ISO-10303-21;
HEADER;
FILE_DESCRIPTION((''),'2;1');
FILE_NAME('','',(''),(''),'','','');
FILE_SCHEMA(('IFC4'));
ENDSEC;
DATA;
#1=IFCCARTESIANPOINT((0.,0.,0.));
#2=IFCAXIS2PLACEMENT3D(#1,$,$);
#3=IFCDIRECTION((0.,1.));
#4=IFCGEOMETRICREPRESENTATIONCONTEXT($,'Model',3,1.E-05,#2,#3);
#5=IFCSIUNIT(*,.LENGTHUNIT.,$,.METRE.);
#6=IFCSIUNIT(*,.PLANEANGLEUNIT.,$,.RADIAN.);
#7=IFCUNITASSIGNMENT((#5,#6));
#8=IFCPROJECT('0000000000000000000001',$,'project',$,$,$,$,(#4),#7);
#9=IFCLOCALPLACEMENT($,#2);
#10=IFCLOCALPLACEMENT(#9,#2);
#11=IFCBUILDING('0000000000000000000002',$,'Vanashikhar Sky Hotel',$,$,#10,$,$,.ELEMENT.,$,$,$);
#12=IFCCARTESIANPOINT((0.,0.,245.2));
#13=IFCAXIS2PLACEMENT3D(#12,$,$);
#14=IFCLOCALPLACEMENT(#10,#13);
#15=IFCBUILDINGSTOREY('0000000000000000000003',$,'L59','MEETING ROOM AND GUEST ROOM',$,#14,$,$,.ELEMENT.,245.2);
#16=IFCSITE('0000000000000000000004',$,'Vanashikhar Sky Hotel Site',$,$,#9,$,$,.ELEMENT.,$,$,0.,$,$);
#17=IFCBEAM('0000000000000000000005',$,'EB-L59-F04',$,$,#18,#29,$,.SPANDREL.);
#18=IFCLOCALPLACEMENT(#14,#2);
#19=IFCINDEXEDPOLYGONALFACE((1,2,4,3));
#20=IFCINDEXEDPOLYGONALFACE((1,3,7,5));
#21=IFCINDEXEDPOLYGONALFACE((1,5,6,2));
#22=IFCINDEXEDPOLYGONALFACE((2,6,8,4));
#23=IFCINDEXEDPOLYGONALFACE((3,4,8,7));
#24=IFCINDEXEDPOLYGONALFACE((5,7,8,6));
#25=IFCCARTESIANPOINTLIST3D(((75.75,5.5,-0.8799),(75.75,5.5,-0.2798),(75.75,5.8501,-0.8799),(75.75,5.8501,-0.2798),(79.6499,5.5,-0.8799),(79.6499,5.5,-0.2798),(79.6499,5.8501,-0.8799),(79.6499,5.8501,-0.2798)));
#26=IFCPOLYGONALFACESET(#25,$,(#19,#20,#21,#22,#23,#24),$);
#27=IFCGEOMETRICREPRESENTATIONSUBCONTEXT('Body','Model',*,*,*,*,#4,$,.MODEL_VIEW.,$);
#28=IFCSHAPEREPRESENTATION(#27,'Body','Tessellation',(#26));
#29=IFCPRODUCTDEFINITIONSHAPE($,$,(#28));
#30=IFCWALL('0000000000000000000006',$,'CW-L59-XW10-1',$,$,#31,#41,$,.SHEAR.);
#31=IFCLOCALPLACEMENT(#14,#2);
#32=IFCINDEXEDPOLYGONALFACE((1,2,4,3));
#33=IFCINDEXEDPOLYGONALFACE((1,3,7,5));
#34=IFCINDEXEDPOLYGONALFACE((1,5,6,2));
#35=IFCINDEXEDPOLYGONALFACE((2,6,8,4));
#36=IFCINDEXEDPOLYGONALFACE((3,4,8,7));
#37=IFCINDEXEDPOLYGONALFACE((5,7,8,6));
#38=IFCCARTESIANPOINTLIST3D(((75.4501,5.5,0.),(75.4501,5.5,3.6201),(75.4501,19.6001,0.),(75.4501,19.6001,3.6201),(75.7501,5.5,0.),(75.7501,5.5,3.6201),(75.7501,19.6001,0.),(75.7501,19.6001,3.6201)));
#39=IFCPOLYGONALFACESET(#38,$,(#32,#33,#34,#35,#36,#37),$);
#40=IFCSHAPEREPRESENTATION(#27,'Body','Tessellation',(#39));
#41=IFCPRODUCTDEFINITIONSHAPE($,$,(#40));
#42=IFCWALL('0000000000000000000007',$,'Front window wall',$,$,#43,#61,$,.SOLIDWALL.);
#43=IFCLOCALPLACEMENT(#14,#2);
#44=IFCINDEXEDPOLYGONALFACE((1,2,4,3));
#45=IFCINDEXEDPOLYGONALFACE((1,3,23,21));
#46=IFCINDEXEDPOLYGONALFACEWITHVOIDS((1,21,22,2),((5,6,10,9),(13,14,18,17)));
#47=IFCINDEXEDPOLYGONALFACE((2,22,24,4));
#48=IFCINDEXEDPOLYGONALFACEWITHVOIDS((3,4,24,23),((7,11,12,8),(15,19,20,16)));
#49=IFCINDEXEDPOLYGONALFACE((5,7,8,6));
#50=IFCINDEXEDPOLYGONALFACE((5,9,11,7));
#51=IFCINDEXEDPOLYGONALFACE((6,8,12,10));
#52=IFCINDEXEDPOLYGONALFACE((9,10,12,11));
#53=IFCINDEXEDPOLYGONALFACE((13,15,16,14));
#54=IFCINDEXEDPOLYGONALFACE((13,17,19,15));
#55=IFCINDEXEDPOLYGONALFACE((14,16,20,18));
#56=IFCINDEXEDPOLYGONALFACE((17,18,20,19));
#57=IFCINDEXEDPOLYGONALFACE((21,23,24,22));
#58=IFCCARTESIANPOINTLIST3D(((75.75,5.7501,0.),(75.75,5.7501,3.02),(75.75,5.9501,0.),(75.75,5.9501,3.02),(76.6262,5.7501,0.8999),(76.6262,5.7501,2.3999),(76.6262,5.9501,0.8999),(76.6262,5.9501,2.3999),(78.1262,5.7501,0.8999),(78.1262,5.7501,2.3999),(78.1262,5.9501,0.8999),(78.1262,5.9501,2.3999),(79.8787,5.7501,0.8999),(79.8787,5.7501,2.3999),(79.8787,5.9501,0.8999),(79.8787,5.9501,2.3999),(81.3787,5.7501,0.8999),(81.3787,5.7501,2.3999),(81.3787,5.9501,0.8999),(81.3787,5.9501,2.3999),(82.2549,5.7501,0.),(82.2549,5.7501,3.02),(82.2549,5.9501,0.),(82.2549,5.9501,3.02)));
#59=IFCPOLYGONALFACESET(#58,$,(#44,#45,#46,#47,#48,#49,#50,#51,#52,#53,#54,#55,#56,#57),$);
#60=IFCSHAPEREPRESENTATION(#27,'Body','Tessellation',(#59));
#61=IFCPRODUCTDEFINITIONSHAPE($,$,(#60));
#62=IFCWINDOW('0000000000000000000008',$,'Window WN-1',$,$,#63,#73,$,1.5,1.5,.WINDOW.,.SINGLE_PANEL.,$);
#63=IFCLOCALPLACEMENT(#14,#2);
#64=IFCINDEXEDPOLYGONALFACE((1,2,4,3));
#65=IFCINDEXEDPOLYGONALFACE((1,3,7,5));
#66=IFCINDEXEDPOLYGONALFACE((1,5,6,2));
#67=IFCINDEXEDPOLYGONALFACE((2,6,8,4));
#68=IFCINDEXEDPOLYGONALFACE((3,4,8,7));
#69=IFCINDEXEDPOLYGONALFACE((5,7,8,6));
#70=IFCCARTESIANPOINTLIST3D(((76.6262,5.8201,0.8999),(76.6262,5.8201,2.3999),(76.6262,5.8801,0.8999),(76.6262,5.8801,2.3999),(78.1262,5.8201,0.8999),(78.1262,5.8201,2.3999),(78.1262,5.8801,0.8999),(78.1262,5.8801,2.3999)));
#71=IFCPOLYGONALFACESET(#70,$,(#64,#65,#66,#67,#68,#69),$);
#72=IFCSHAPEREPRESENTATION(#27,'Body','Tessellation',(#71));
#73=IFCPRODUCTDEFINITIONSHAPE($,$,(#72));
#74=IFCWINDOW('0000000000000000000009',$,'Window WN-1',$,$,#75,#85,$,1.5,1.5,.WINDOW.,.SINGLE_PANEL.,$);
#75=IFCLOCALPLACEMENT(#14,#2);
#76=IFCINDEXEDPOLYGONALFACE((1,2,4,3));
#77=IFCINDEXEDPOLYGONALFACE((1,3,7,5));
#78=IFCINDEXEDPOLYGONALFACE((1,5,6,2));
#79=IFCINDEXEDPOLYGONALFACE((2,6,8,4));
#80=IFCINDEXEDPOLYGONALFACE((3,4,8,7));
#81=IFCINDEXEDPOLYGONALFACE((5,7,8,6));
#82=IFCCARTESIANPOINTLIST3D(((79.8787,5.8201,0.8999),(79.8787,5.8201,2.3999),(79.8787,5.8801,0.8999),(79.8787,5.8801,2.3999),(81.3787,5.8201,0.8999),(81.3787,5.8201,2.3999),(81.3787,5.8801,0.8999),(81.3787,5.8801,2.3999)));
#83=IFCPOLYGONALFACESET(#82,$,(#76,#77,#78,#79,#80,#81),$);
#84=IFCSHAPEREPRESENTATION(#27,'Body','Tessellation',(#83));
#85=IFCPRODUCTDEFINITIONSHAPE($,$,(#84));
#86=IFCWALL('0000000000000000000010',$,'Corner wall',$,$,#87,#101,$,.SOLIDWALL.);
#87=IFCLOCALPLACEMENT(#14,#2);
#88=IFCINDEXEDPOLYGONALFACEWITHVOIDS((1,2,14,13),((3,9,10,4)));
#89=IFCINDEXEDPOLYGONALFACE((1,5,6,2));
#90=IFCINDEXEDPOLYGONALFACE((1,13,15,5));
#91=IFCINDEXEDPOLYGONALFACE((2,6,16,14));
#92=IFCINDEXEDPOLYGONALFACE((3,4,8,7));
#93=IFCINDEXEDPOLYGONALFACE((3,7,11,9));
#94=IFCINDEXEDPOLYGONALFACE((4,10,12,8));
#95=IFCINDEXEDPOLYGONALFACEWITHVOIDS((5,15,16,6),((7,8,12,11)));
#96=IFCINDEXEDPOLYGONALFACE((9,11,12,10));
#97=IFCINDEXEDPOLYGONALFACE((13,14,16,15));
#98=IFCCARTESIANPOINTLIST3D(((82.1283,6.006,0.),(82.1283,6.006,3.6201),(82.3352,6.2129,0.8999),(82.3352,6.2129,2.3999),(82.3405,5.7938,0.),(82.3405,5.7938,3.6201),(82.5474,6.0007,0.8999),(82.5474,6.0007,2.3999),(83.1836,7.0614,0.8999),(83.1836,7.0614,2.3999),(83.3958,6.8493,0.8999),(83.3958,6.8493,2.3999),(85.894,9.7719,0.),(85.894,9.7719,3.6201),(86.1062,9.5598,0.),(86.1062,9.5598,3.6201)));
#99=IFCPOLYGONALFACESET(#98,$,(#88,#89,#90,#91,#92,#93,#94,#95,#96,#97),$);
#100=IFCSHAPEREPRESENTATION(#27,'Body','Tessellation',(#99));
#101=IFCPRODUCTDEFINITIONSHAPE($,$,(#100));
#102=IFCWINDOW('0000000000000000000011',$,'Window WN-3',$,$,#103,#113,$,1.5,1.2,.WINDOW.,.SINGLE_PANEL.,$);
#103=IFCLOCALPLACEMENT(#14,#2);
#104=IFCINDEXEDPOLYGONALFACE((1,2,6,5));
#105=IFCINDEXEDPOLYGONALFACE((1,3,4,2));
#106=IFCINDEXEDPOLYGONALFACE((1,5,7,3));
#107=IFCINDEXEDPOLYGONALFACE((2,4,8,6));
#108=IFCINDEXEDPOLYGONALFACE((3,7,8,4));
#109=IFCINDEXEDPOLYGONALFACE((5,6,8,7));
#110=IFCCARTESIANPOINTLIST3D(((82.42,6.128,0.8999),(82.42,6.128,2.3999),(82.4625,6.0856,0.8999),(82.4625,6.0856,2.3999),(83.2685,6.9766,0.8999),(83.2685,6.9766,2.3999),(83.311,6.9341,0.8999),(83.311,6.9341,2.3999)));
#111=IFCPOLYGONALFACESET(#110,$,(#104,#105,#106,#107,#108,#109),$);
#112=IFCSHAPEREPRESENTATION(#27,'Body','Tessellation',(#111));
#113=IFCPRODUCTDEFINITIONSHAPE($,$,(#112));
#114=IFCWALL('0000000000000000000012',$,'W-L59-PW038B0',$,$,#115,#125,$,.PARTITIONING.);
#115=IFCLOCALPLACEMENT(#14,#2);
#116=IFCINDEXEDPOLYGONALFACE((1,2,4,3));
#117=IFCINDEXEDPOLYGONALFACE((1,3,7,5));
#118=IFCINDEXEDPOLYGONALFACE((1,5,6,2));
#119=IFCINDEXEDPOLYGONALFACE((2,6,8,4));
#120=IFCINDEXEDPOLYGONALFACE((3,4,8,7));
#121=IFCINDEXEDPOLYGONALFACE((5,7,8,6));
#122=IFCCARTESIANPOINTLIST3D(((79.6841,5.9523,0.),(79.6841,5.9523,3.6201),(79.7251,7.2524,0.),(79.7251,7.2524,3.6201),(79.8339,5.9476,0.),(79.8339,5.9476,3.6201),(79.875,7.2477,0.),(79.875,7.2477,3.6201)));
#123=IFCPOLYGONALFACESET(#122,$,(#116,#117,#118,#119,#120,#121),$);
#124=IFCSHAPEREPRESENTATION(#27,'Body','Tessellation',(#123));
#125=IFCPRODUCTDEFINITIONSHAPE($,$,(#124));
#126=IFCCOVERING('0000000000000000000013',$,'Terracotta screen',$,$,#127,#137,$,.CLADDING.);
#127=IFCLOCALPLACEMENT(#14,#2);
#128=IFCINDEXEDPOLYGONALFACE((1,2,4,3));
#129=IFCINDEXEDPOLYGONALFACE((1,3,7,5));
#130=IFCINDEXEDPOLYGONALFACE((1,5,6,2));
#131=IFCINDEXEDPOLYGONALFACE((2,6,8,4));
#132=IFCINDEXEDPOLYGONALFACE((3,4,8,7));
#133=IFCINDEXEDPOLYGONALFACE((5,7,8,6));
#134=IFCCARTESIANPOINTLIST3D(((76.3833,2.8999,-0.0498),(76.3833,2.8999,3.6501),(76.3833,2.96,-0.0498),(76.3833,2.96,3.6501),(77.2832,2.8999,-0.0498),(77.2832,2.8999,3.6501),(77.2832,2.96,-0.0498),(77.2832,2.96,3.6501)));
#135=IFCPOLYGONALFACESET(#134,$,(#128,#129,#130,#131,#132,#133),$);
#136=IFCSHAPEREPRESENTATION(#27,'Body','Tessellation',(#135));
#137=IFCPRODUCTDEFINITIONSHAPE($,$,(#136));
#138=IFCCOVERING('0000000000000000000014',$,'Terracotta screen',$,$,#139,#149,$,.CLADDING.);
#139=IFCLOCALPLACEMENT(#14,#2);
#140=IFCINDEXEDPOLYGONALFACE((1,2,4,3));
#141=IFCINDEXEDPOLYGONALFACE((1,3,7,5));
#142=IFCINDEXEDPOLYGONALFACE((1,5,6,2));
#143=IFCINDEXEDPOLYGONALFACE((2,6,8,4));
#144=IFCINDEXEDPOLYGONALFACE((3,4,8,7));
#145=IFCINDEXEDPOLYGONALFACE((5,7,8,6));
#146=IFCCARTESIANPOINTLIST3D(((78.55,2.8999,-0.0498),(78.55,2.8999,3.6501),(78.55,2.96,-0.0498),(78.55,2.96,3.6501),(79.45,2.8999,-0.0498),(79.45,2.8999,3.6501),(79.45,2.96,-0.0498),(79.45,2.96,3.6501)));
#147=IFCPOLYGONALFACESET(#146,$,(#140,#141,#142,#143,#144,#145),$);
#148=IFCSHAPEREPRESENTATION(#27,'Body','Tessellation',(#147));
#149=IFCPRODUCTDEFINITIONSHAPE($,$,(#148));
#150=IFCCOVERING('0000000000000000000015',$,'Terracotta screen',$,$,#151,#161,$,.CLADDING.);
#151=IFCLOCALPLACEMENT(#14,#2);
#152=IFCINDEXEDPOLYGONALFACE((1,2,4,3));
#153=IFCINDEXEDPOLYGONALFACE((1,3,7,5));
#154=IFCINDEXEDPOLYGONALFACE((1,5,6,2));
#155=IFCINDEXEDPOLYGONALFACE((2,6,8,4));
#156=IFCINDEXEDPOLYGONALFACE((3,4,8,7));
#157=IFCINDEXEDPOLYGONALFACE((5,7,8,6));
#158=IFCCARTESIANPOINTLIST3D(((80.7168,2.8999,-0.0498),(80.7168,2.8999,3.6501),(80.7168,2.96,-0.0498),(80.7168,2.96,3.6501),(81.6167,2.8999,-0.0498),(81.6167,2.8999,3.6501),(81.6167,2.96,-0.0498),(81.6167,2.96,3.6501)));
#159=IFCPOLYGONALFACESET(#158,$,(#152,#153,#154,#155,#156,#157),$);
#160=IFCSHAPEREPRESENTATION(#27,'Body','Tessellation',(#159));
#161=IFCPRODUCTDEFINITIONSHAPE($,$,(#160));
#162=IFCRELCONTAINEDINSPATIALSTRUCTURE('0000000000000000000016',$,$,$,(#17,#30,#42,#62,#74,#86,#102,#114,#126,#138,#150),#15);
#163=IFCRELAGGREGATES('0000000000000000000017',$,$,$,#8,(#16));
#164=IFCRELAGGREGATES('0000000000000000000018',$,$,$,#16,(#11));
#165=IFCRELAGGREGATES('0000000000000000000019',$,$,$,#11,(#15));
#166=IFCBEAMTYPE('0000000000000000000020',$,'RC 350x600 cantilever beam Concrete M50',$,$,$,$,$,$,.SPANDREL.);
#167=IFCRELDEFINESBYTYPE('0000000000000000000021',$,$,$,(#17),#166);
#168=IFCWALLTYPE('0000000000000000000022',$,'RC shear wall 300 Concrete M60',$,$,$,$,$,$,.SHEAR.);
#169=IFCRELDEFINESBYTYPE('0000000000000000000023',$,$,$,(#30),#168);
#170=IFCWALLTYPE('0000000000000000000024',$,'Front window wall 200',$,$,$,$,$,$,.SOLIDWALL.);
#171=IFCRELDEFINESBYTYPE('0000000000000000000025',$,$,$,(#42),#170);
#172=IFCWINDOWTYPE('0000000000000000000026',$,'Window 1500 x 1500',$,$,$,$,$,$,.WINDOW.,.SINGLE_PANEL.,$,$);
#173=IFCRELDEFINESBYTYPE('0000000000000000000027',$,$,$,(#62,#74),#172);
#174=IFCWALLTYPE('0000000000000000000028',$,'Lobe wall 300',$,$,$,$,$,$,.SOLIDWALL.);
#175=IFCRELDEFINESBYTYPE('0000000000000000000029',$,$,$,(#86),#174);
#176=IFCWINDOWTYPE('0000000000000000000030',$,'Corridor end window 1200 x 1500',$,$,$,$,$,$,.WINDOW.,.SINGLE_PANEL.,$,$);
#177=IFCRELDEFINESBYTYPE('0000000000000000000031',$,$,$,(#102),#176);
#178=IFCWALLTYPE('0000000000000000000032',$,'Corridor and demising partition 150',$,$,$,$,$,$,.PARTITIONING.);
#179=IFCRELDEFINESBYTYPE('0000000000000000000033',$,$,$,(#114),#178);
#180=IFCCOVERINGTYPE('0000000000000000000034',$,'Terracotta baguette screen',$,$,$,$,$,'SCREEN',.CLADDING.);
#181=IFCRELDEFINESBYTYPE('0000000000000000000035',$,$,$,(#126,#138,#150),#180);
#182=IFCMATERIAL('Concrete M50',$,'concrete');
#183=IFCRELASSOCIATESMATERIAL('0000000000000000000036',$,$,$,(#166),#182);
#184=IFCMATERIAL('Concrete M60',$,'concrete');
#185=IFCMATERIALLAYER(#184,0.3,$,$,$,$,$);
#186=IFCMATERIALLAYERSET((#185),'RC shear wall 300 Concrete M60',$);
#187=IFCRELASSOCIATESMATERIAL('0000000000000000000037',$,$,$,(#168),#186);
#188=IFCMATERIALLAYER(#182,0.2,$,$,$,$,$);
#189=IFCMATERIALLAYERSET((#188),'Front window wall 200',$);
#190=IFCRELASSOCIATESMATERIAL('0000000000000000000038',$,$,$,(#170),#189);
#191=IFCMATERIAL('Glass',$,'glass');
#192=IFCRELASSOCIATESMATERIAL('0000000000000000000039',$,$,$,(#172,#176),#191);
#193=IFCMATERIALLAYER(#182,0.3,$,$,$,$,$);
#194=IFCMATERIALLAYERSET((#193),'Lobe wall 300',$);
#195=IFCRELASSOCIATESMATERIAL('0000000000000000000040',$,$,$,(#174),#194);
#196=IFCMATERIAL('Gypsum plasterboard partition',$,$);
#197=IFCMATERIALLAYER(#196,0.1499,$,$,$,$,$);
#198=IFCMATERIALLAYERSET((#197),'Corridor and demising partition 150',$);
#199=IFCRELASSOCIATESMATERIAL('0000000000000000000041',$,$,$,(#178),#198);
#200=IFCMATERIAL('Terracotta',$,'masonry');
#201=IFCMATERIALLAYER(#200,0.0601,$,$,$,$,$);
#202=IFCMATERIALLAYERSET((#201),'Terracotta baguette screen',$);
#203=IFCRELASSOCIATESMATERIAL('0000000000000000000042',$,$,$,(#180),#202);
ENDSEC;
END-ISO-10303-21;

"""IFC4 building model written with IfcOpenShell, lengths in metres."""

from ifc_helpers import new_model, si_unit, direction, frame, frame_2d, origin, origin_2d, place, context, subcontext, project, spatial, rectangle, extrude, source, transform, mapped, material, layer, layer_set, material_profile, profile_set, type_object, element, fill, save


model = new_model("IFC4")

# Units and contexts
model_context = context("Model", 3, precision=1e-05, world=origin(), true_north=direction((0.0, 1.0)))
body_context = subcontext(model_context, "Body", "Model", "MODEL_VIEW")
ifc_project = project(units=[si_unit("LENGTHUNIT", "METRE"), si_unit("PLANEANGLEUNIT", "RADIAN")], contexts=[model_context])

# Site, building, storey
site_placement = place(None, origin())
site = spatial("IfcSite", under=ifc_project, at=site_placement, Name="Vanashikhar Sky Hotel Site", CompositionType="ELEMENT", RefElevation=0.0)
building_placement = place(site_placement, origin())
building = spatial("IfcBuilding", under=site, at=building_placement, Name="Vanashikhar Sky Hotel", CompositionType="ELEMENT")
storey_placement = place(building_placement, frame((0.0, 0.0, 245.2)))
storey = spatial("IfcBuildingStorey", under=building, at=storey_placement, Name="L59", Description="MEETING ROOM AND GUEST ROOM", CompositionType="ELEMENT", Elevation=245.2)

# Beam
ifc_material_1 = material(Name="Concrete M50", Category="concrete")
ifc_material_profile = material_profile(ifc_material_1, rectangle(XDim=0.3501, YDim=0.6001, at=origin_2d()))
ifc_profile_set = profile_set([ifc_material_profile], Name="RC 350x600 cantilever beam Concrete M50")
beam_type = type_object("IfcBeamType", Name="RC 350x600 cantilever beam Concrete M50", PredefinedType="SPANDREL", material=ifc_profile_set)
shared_shape_1 = source(origin(), body_context, "Body", "SweptSolid", [
    extrude(rectangle(XDim=0.3501, YDim=0.6001, at=origin_2d()), origin(), (0.0, 0.0, 1.0), 3.8999),
])
beam_placement = place(storey_placement, frame((75.75, 5.675, -0.5798), z_axis=(1.0, 0.0, 0.0), x_axis=(0.0, 1.0, 0.0)))
element("IfcBeam", 1, at=beam_placement, inside=storey, type_object=beam_type, Name="EB-L59-F04", PredefinedType="SPANDREL", context=body_context, shape_type="MappedRepresentation", body=[
    mapped(shared_shape_1, transform((0.0, 0.0, 0.0), scale=1.0)),
])

# Wall
ifc_material_2 = material(Name="Concrete M60", Category="concrete")
ifc_layer_1 = layer(ifc_material_2, 0.3)
ifc_layer_set_1 = layer_set([ifc_layer_1], Name="RC shear wall 300 Concrete M60")
wall_type_1 = type_object("IfcWallType", Name="RC shear wall 300 Concrete M60", PredefinedType="SHEAR", material=ifc_layer_set_1)
shared_shape_2 = source(origin(), body_context, "Body", "SweptSolid", [
    extrude(rectangle(XDim=14.1001, YDim=0.3, at=frame_2d((7.05, 0.0))), origin(), (0.0, 0.0, 1.0), 3.6201),
])
wall_1_placement = place(storey_placement, frame((75.6001, 5.5, 0.0), z_axis=(0.0, 0.0, 1.0), x_axis=(0.0, 1.0, 0.0)))
element("IfcWall", 2, at=wall_1_placement, inside=storey, type_object=wall_type_1, Name="CW-L59-XW10-1", PredefinedType="SHEAR", context=body_context, shape_type="MappedRepresentation", body=[
    mapped(shared_shape_2, transform((0.0, 0.0, 0.0), scale=1.0)),
])

# Wall, openings, windows
ifc_layer_2 = layer(ifc_material_1, 0.2)
ifc_layer_set_2 = layer_set([ifc_layer_2], Name="Front window wall 200")
wall_type_2 = type_object("IfcWallType", Name="Front window wall 200", PredefinedType="SOLIDWALL", material=ifc_layer_set_2)
shared_shape_3 = source(origin(), body_context, "Body", "SweptSolid", [
    extrude(rectangle(XDim=6.5049, YDim=0.2, at=frame_2d((3.2524, 0.0))), origin(), (0.0, 0.0, 1.0), 3.02),
])
wall_2_placement = place(storey_placement, frame((75.75, 5.8501, 0.0), z_axis=(0.0, 0.0, 1.0), x_axis=(1.0, 0.0, 0.0)))
wall_2 = element("IfcWall", 3, at=wall_2_placement, inside=storey, type_object=wall_type_2, Name="Front window wall", PredefinedType="SOLIDWALL", context=body_context, shape_type="MappedRepresentation", body=[
    mapped(shared_shape_3, transform((0.0, 0.0, 0.0), scale=1.0)),
])
shared_shape_4 = source(origin(), body_context, "Body", "SweptSolid", [
    extrude(rectangle(XDim=1.5, YDim=1.5, at=frame_2d((0.75, 0.75))), frame((0.0, 0.1099, 0.0), z_axis=(0.0, -1.0, 0.0), x_axis=(1.0, 0.0, 0.0)), (0.0, 0.0, 1.0), 0.22),
])
opening_1_placement = place(wall_2_placement, frame((0.8762, 0.0, 0.8999)))
opening_1 = element("IfcOpeningElement", 4, at=opening_1_placement, cuts=wall_2, PredefinedType="OPENING", context=body_context, shape_type="MappedRepresentation", body=[
    mapped(shared_shape_4, transform((0.0, 0.0, 0.0), scale=1.0)),
])
opening_2_placement = place(wall_2_placement, frame((4.1287, 0.0, 0.8999)))
opening_2 = element("IfcOpeningElement", 5, at=opening_2_placement, cuts=wall_2, PredefinedType="OPENING", context=body_context, shape_type="MappedRepresentation", body=[
    mapped(shared_shape_4, transform((0.0, 0.0, 0.0), scale=1.0)),
])
ifc_material_3 = material(Name="Glass", Category="glass")
window_type_1 = type_object("IfcWindowType", Name="Window 1500 x 1500", PartitioningType="SINGLE_PANEL", PredefinedType="WINDOW", material=ifc_material_3)
shared_shape_5 = source(origin(), body_context, "Body", "SweptSolid", [
    extrude(rectangle(XDim=1.5, YDim=1.5, at=frame_2d((0.75, 0.75))), frame((0.0, 0.03, 0.0), z_axis=(0.0, -1.0, 0.0), x_axis=(1.0, 0.0, 0.0)), (0.0, 0.0, 1.0), 0.0601),
])
window_1_placement = place(opening_1_placement, origin())
window_1 = element("IfcWindow", 6, at=window_1_placement, inside=storey, type_object=window_type_1, Name="Window WN-1", OverallHeight=1.5, OverallWidth=1.5, PartitioningType="SINGLE_PANEL", PredefinedType="WINDOW", context=body_context, shape_type="MappedRepresentation", body=[
    mapped(shared_shape_5, transform((0.0, 0.0, 0.0), scale=1.0)),
])
fill(opening_1, window_1)
window_2_placement = place(opening_2_placement, origin())
window_2 = element("IfcWindow", 7, at=window_2_placement, inside=storey, type_object=window_type_1, Name="Window WN-1", OverallHeight=1.5, OverallWidth=1.5, PartitioningType="SINGLE_PANEL", PredefinedType="WINDOW", context=body_context, shape_type="MappedRepresentation", body=[
    mapped(shared_shape_5, transform((0.0, 0.0, 0.0), scale=1.0)),
])
fill(opening_2, window_2)

# Wall, opening, window
ifc_layer_3 = layer(ifc_material_1, 0.3)
ifc_layer_set_3 = layer_set([ifc_layer_3], Name="Lobe wall 300")
wall_type_3 = type_object("IfcWallType", Name="Lobe wall 300", PredefinedType="SOLIDWALL", material=ifc_layer_set_3)
shared_shape_6 = source(origin(), body_context, "Body", "SweptSolid", [
    extrude(rectangle(XDim=5.3257, YDim=0.3, at=frame_2d((2.6628, 0.0))), origin(), (0.0, 0.0, 1.0), 3.6201),
])
wall_3_placement = place(storey_placement, frame((82.2344, 5.8999, 0.0), z_axis=(0.0, 0.0, 1.0), x_axis=(0.707084, 0.70713, 0.0)))
wall_3 = element("IfcWall", 8, at=wall_3_placement, inside=storey, type_object=wall_type_3, Name="Corner wall", PredefinedType="SOLIDWALL", context=body_context, shape_type="MappedRepresentation", body=[
    mapped(shared_shape_6, transform((0.0, 0.0, 0.0), scale=1.0)),
])
shared_shape_7 = source(origin(), body_context, "Body", "SweptSolid", [
    extrude(rectangle(XDim=1.2, YDim=1.5, at=frame_2d((0.6001, 0.75))), frame((0.0, 0.1602, 0.0), z_axis=(0.0, -1.0, 0.0), x_axis=(1.0, 0.0, 0.0)), (0.0, 0.0, 1.0), 0.3201),
])
opening_3_placement = place(wall_3_placement, frame((0.2925, 0.0, 0.8999)))
opening_3 = element("IfcOpeningElement", 9, at=opening_3_placement, cuts=wall_3, PredefinedType="OPENING", context=body_context, shape_type="MappedRepresentation", body=[
    mapped(shared_shape_7, transform((0.0, 0.0, 0.0), scale=1.0)),
])
window_type_2 = type_object("IfcWindowType", Name="Corridor end window 1200 x 1500", PartitioningType="SINGLE_PANEL", PredefinedType="WINDOW", material=ifc_material_3)
shared_shape_8 = source(origin(), body_context, "Body", "SweptSolid", [
    extrude(rectangle(XDim=1.2, YDim=1.5, at=frame_2d((0.6001, 0.75))), frame((0.0, 0.03, 0.0), z_axis=(0.0, -1.0, 0.0), x_axis=(1.0, 0.0, 0.0)), (0.0, 0.0, 1.0), 0.0601),
])
window_3_placement = place(opening_3_placement, origin())
window_3 = element("IfcWindow", 10, at=window_3_placement, inside=storey, type_object=window_type_2, Name="Window WN-3", OverallHeight=1.5, OverallWidth=1.2, PartitioningType="SINGLE_PANEL", PredefinedType="WINDOW", context=body_context, shape_type="MappedRepresentation", body=[
    mapped(shared_shape_8, transform((0.0, 0.0, 0.0), scale=1.0)),
])
fill(opening_3, window_3)

# Wall
ifc_material_4 = material(Name="Gypsum plasterboard partition")
ifc_layer_4 = layer(ifc_material_4, 0.1499)
ifc_layer_set_4 = layer_set([ifc_layer_4], Name="Corridor and demising partition 150")
wall_type_4 = type_object("IfcWallType", Name="Corridor and demising partition 150", PredefinedType="PARTITIONING", material=ifc_layer_set_4)
shared_shape_9 = source(origin(), body_context, "Body", "SweptSolid", [
    extrude(rectangle(XDim=1.3008, YDim=0.1499, at=frame_2d((0.6504, 0.0))), origin(), (0.0, 0.0, 1.0), 3.6201),
])
wall_4_placement = place(storey_placement, frame((79.759, 5.95, 0.0), z_axis=(0.0, 0.0, 1.0), x_axis=(0.031534, 0.999503, 0.0)))
element("IfcWall", 11, at=wall_4_placement, inside=storey, type_object=wall_type_4, Name="W-L59-PW038B0", PredefinedType="PARTITIONING", context=body_context, shape_type="MappedRepresentation", body=[
    mapped(shared_shape_9, transform((0.0, 0.0, 0.0), scale=1.0)),
])

# Coverings
ifc_material_5 = material(Name="Terracotta", Category="masonry")
ifc_layer_5 = layer(ifc_material_5, 0.0601)
ifc_layer_set_5 = layer_set([ifc_layer_5], Name="Terracotta baguette screen")
covering_type = type_object("IfcCoveringType", Name="Terracotta baguette screen", ElementType="SCREEN", PredefinedType="CLADDING", material=ifc_layer_set_5)
shared_shape_10 = source(origin(), body_context, "Body", "SweptSolid", [
    extrude(rectangle(XDim=0.8999, YDim=0.0601, at=origin_2d()), origin(), (0.0, 0.0, 1.0), 3.7),
])
for number, where, z_axis, x_axis, name in (
    (12, (76.8333, 2.9299, -0.0498), (0.0, 0.0, 1.0), (1.0, 0.0, 0.0), "Terracotta screen"),
    (13, (79.0, 2.9299, -0.0498), (0.0, 0.0, 1.0), (1.0, 0.0, 0.0), "Terracotta screen"),
    (14, (81.1667, 2.9299, -0.0498), (0.0, 0.0, 1.0), (1.0, 0.0, 0.0), "Terracotta screen"),
):
    element("IfcCovering", number, at=place(storey_placement, frame(where, z_axis=z_axis, x_axis=x_axis)), inside=storey, type_object=covering_type, Name=name, PredefinedType="CLADDING", context=body_context, shape_type="MappedRepresentation", body=[
        mapped(shared_shape_10, transform((0.0, 0.0, 0.0), scale=1.0)),
    ])

save(model, "model.ifc")
